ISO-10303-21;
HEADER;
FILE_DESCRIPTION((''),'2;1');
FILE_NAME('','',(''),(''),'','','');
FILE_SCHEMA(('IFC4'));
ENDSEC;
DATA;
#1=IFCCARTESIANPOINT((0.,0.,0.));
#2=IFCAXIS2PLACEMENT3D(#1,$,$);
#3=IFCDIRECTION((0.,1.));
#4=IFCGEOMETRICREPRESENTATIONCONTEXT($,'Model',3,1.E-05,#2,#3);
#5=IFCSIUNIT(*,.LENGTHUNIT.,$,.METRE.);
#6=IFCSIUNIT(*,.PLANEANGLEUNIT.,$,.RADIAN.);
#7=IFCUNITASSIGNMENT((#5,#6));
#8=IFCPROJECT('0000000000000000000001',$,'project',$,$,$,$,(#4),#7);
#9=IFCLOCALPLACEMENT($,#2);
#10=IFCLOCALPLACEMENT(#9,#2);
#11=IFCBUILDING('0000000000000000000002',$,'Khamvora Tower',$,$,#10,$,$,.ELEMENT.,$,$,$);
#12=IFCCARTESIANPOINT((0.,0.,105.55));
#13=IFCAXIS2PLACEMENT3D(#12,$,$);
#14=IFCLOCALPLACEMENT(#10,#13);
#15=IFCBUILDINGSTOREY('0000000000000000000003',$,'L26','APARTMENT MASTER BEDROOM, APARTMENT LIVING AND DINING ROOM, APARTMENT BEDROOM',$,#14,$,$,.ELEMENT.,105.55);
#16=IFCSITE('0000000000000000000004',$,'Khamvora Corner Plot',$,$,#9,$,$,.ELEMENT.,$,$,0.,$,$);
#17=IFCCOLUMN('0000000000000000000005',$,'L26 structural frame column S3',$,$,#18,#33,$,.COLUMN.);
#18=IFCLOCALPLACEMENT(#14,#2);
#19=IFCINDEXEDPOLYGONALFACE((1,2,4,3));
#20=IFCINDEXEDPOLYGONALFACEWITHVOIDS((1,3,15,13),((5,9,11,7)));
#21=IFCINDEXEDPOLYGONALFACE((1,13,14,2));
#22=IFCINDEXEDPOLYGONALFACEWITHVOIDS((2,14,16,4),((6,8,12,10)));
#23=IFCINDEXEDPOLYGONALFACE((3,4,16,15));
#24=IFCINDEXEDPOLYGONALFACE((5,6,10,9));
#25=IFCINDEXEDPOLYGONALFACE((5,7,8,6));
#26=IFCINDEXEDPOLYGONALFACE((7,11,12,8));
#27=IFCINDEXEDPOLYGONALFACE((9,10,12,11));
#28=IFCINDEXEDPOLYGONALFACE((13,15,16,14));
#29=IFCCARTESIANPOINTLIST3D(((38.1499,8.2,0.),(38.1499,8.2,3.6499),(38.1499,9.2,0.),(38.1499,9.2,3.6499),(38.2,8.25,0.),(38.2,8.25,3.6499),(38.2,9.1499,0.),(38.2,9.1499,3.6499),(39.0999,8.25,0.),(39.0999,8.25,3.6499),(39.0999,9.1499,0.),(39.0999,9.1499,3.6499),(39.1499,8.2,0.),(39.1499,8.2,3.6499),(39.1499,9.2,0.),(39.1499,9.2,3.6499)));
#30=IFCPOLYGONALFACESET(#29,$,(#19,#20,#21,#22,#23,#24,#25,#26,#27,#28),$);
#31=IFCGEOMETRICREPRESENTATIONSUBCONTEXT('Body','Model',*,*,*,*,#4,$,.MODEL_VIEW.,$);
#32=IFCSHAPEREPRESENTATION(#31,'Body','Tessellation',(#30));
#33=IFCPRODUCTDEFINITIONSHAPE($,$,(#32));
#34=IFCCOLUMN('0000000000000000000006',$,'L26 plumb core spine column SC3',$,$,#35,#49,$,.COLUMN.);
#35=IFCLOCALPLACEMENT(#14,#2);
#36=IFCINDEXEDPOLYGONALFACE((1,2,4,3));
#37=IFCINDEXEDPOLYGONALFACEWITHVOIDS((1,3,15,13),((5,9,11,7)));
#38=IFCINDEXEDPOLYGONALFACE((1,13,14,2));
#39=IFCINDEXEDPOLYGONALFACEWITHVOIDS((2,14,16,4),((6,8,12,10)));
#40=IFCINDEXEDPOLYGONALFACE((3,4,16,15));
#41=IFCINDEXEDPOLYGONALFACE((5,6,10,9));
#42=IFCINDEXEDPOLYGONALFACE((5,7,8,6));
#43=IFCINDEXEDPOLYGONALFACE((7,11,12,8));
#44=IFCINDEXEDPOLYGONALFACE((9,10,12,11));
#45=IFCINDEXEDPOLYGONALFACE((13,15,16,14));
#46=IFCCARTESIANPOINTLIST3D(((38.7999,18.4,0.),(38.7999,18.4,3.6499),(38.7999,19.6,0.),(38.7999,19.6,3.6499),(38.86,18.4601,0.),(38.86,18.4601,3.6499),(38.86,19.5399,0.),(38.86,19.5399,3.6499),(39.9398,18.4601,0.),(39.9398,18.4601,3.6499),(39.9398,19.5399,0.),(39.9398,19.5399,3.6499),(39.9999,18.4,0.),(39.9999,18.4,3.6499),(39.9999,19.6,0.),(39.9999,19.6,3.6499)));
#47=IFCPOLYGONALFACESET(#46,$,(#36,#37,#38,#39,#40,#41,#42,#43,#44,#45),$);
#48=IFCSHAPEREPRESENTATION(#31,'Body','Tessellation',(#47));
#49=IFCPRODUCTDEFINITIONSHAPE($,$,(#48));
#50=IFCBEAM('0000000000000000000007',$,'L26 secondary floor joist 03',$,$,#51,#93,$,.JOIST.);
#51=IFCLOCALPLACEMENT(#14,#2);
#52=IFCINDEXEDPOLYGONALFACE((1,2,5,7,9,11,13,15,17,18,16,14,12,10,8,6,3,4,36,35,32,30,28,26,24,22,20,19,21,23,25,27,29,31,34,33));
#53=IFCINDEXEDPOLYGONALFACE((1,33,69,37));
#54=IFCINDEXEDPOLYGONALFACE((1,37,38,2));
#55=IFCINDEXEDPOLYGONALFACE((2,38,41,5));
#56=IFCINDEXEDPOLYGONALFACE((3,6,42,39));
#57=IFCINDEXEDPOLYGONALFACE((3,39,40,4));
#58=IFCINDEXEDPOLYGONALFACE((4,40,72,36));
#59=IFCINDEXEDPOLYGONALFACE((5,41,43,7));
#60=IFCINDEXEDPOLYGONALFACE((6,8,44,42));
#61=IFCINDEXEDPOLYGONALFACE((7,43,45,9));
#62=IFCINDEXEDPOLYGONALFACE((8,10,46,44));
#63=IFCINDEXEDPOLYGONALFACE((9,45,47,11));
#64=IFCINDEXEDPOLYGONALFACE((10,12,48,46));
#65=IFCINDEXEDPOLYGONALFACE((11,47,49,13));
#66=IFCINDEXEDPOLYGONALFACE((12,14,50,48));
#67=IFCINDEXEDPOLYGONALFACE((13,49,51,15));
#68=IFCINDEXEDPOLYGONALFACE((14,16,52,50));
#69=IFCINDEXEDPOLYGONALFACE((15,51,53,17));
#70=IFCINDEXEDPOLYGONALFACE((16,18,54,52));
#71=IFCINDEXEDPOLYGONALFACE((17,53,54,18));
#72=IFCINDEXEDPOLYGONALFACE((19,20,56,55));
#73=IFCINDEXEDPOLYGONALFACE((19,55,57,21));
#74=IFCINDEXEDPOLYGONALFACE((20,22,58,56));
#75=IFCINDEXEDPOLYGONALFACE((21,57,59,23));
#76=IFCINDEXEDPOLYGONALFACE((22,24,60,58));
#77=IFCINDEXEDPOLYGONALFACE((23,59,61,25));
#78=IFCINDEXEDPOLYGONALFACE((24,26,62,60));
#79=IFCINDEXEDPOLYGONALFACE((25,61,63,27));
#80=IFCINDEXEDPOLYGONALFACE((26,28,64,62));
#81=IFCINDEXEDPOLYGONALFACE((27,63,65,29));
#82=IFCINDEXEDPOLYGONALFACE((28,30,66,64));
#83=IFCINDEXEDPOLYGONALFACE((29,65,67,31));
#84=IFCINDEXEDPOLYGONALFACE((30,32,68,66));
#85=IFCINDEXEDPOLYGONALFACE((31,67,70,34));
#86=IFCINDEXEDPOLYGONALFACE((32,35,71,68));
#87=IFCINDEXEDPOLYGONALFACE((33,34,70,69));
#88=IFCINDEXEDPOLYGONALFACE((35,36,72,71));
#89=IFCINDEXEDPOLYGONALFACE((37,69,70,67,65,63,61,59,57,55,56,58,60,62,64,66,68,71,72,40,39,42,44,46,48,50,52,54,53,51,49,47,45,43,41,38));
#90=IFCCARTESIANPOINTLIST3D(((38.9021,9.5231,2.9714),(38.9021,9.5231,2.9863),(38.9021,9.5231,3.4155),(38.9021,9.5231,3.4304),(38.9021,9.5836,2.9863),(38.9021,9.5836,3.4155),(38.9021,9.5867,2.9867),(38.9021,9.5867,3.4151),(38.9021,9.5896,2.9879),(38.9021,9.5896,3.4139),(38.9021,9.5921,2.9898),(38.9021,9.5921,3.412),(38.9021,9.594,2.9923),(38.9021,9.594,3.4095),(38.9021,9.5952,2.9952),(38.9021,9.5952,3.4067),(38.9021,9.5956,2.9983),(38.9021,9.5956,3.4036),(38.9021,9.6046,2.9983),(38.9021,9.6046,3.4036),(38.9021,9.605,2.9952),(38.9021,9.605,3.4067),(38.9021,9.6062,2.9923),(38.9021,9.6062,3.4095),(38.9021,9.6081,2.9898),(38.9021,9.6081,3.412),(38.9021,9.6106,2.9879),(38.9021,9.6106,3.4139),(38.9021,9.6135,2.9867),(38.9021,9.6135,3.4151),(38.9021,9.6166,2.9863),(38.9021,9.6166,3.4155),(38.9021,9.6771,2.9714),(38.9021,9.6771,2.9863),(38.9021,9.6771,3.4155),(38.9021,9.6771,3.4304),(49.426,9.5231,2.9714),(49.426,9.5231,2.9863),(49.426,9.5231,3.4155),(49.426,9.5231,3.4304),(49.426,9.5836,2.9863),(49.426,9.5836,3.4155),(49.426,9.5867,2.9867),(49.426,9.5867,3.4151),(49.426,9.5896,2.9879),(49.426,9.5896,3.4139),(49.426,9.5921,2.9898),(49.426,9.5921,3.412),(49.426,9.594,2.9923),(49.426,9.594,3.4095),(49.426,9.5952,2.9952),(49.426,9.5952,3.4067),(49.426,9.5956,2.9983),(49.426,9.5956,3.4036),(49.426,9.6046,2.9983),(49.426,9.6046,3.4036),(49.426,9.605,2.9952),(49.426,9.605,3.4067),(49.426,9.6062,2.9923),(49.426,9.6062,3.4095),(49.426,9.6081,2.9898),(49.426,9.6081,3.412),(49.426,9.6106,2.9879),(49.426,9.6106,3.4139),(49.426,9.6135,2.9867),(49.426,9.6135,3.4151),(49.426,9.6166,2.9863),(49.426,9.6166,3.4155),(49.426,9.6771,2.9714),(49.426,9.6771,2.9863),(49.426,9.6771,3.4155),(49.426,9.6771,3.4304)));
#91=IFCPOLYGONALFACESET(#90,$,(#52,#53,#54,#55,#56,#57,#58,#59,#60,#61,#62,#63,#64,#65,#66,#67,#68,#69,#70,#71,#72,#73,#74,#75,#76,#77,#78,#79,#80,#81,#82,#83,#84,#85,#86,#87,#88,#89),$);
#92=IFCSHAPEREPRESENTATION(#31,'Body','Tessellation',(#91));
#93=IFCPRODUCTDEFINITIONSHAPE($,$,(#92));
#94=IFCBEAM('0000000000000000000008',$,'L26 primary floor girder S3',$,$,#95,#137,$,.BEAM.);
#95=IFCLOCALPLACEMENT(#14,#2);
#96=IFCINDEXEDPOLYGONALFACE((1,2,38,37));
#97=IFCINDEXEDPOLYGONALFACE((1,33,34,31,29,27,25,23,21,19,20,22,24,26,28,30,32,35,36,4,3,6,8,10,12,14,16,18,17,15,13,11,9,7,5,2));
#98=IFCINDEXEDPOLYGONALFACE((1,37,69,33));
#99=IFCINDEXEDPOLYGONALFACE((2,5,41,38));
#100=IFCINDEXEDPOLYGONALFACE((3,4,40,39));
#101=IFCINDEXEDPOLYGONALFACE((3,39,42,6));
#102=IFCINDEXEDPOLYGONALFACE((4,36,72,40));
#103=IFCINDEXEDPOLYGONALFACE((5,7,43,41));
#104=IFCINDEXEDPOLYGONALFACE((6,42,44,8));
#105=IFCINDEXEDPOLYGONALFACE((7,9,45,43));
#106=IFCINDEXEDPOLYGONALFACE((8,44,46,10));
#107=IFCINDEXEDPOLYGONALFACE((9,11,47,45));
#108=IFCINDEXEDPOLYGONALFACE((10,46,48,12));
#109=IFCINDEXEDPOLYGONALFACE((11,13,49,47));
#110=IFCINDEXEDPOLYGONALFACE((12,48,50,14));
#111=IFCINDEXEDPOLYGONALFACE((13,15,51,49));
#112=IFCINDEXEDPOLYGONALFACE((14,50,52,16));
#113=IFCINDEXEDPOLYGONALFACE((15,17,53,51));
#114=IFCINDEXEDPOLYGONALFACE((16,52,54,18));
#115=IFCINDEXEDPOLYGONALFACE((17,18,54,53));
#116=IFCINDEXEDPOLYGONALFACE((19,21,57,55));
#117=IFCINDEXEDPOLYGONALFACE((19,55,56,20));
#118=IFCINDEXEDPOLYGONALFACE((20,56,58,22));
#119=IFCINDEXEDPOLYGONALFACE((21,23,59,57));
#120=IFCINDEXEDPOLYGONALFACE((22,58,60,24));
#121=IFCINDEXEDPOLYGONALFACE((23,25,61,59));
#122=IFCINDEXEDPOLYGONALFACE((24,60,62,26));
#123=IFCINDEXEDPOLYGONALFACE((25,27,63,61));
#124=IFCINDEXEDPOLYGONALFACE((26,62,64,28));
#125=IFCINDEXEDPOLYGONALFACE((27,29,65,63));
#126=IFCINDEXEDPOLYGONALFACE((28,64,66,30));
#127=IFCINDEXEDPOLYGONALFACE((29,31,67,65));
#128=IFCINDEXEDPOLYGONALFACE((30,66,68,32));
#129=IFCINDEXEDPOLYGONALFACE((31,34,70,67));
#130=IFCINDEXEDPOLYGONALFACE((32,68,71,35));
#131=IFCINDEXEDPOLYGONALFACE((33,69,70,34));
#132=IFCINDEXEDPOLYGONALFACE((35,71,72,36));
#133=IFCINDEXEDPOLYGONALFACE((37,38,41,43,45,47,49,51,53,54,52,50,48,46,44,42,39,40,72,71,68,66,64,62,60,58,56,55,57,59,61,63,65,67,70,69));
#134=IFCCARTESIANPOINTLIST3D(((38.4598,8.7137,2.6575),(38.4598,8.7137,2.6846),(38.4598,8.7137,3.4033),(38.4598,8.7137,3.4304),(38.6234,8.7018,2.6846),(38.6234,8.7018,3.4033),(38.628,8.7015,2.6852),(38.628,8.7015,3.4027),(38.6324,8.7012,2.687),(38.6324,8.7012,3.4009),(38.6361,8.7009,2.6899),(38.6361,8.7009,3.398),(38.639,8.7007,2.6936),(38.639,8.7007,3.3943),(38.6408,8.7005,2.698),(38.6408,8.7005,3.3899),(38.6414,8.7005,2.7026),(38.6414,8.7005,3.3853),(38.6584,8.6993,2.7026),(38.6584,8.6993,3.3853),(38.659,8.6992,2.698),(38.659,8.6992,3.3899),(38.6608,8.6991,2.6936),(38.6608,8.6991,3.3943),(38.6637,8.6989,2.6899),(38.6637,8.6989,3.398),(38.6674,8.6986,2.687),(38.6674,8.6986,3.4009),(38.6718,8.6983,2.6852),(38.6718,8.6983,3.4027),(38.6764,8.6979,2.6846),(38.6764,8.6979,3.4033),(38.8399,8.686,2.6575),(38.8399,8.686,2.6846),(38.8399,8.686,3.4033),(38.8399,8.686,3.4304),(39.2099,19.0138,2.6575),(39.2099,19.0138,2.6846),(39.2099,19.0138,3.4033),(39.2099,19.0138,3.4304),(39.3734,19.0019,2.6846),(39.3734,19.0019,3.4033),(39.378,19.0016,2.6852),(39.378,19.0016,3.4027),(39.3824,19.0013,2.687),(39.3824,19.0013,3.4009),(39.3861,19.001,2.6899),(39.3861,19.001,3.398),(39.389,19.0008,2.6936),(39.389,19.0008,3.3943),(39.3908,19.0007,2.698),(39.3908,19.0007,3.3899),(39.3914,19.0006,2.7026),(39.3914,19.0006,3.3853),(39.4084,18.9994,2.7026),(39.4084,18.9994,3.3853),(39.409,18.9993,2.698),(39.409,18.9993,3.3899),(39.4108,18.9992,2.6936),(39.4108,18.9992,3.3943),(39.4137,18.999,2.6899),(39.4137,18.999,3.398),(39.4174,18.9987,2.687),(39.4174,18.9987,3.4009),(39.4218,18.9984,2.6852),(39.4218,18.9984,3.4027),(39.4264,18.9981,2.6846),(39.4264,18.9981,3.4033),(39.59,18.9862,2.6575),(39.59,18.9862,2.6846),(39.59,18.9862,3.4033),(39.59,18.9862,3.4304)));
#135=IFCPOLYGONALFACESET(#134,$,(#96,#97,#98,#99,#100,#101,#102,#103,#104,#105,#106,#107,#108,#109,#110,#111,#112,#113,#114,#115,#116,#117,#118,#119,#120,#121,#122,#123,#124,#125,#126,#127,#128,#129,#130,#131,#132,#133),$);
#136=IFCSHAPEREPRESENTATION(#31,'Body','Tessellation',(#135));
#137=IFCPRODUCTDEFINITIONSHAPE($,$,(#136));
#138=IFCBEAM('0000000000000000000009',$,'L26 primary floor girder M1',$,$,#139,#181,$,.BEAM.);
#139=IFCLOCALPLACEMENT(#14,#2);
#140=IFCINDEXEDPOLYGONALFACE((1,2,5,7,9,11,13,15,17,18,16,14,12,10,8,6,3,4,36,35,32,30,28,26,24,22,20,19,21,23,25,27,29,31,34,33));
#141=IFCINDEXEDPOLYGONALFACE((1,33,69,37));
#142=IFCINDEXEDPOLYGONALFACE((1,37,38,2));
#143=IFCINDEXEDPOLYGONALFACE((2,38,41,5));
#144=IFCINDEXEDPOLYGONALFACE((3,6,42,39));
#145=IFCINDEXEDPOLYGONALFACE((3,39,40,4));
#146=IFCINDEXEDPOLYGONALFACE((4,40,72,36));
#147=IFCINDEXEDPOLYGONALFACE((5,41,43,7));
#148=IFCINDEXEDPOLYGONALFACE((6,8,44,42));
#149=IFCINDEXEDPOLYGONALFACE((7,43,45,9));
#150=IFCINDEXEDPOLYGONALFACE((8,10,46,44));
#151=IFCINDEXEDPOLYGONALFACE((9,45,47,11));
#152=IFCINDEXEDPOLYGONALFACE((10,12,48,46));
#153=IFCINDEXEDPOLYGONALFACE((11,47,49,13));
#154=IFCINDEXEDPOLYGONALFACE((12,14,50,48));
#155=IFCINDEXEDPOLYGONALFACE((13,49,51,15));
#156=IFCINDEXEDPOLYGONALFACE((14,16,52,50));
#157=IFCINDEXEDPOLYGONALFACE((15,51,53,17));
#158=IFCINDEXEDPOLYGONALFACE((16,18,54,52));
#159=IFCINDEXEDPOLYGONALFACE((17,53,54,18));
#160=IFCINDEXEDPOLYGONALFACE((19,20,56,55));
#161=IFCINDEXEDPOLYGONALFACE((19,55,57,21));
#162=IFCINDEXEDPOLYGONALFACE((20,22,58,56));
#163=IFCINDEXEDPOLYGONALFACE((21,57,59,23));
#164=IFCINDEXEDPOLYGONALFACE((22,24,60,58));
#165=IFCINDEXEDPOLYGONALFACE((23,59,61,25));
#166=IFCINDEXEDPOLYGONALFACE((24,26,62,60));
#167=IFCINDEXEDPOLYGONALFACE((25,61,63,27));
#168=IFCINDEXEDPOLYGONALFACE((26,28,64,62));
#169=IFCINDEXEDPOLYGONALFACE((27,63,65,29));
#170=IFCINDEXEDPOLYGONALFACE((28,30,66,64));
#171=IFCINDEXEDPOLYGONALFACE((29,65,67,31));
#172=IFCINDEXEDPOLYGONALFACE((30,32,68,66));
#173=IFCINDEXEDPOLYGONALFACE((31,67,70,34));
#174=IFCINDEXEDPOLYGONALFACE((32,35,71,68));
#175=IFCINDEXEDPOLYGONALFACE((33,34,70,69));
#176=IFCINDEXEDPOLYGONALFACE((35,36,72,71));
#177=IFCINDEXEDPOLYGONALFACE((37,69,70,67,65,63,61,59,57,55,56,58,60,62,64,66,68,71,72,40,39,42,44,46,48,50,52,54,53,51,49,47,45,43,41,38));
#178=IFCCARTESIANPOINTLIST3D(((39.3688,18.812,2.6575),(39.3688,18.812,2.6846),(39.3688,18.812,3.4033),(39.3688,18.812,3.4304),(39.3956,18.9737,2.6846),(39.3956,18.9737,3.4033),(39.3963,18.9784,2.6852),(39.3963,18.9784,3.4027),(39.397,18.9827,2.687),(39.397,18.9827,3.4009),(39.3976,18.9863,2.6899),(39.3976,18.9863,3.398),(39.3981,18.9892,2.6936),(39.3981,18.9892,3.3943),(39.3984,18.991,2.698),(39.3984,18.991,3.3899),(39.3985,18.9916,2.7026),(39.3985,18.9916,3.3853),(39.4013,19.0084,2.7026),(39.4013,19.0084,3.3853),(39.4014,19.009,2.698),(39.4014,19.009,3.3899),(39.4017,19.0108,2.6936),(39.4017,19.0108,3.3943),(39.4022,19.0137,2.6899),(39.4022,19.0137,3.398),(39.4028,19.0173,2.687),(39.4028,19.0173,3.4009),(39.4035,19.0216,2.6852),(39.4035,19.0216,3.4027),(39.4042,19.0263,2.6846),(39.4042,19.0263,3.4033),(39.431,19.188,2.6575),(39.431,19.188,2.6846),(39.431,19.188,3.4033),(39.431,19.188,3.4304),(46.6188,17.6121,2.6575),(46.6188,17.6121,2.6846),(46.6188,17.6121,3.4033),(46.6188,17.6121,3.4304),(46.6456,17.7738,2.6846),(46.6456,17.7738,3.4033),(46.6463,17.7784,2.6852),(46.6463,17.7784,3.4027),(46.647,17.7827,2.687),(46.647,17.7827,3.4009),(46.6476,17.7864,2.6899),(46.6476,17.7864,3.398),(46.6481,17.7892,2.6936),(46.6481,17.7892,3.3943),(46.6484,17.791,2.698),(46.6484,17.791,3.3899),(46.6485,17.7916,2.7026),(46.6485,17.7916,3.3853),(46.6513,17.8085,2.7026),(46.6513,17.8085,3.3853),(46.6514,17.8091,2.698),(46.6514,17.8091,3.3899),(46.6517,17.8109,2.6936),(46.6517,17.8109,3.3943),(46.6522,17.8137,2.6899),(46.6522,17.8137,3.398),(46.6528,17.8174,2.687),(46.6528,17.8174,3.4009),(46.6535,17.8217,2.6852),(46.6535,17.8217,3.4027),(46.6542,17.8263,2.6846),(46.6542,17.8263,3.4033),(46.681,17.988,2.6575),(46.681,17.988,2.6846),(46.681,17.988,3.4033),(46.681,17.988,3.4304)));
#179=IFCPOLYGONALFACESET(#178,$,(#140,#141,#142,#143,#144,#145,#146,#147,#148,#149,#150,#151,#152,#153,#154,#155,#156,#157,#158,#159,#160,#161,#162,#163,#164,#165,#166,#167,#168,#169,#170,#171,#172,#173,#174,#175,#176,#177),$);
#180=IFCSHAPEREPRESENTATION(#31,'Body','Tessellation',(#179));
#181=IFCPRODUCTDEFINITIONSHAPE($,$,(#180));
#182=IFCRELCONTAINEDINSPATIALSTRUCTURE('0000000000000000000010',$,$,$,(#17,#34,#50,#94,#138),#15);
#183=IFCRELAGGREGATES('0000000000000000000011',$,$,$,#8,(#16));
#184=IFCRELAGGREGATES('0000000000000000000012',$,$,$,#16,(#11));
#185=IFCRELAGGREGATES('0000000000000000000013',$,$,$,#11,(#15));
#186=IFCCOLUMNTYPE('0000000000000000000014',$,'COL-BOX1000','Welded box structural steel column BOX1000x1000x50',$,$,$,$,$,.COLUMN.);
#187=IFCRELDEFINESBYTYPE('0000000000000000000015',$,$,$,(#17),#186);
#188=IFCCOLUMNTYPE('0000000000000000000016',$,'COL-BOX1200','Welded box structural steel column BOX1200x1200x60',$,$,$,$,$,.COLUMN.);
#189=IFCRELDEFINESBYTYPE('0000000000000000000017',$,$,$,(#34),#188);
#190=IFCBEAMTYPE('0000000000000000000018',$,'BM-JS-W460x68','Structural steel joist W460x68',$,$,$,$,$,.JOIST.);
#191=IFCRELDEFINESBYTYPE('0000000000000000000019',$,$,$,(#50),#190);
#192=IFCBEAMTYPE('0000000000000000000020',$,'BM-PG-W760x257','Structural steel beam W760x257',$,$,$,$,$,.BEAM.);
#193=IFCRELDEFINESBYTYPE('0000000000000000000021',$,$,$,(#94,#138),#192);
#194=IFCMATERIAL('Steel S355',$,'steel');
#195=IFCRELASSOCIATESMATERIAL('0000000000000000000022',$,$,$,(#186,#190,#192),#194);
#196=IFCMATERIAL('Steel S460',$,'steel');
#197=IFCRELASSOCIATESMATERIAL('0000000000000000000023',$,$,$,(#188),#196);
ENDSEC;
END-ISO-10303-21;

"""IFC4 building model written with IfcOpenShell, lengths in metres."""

from ifc_helpers import new_model, si_unit, direction, frame, origin, origin_2d, place, context, subcontext, project, spatial, hollow_rectangle, i_section, extrude, material, material_profile, profile_set, type_object, element, save


model = new_model("IFC4")

# Units and contexts
model_context = context("Model", 3, precision=1e-05, world=origin(), true_north=direction((0.0, 1.0)))
body_context = subcontext(model_context, "Body", "Model", "MODEL_VIEW")
ifc_project = project(units=[si_unit("LENGTHUNIT", "METRE"), si_unit("PLANEANGLEUNIT", "RADIAN")], contexts=[model_context])

# Site, building, storey
site_placement = place(None, origin())
site = spatial("IfcSite", under=ifc_project, at=site_placement, Name="Khamvora Corner Plot", CompositionType="ELEMENT", RefElevation=0.0)
building_placement = place(site_placement, origin())
building = spatial("IfcBuilding", under=site, at=building_placement, Name="Khamvora Tower", CompositionType="ELEMENT")
storey_placement = place(building_placement, frame((0.0, 0.0, 105.55)))
storey = spatial("IfcBuildingStorey", under=building, at=storey_placement, Name="L26", Description="APARTMENT MASTER BEDROOM, APARTMENT LIVING AND DINING ROOM, APARTMENT BEDROOM", CompositionType="ELEMENT", Elevation=105.55)

# Columns
ifc_material_1 = material(Name="Steel S355", Category="steel")
ifc_material_profile_1 = material_profile(ifc_material_1, hollow_rectangle(XDim=1.0, YDim=1.0, WallThickness=0.05, at=origin_2d()), Name="BOX1000x1000x50")
ifc_profile_set_1 = profile_set([ifc_material_profile_1], Name="Steel S355")
column_type_1 = type_object("IfcColumnType", Name="COL-BOX1000", Description="Welded box structural steel column BOX1000x1000x50", PredefinedType="COLUMN", material=ifc_profile_set_1)
column_1_placement = place(storey_placement, frame((38.6499, 8.7, 0.0), z_axis=(0.0, 0.0, 1.0), x_axis=(1.0, 0.0, 0.0)))
element("IfcColumn", 1, at=column_1_placement, inside=storey, type_object=column_type_1, Name="L26 structural frame column S3", PredefinedType="COLUMN", context=body_context, shape_type="SweptSolid", body=[
    extrude(hollow_rectangle(XDim=1.0, YDim=1.0, WallThickness=0.05, at=origin_2d()), origin(), (0.0, 0.0, 1.0), 3.6499),
])
ifc_material_2 = material(Name="Steel S460", Category="steel")
ifc_material_profile_2 = material_profile(ifc_material_2, hollow_rectangle(XDim=1.2, YDim=1.2, WallThickness=0.0601, at=origin_2d()), Name="BOX1200x1200x60")
ifc_profile_set_2 = profile_set([ifc_material_profile_2], Name="Steel S460")
column_type_2 = type_object("IfcColumnType", Name="COL-BOX1200", Description="Welded box structural steel column BOX1200x1200x60", PredefinedType="COLUMN", material=ifc_profile_set_2)
column_2_placement = place(storey_placement, frame((39.3999, 19.0, 0.0), z_axis=(0.0, 0.0, 1.0), x_axis=(1.0, 0.0, 0.0)))
element("IfcColumn", 2, at=column_2_placement, inside=storey, type_object=column_type_2, Name="L26 plumb core spine column SC3", PredefinedType="COLUMN", context=body_context, shape_type="SweptSolid", body=[
    extrude(hollow_rectangle(XDim=1.2, YDim=1.2, WallThickness=0.0601, at=origin_2d()), origin(), (0.0, 0.0, 1.0), 3.6499),
])

# Beams
ifc_material_profile_3 = material_profile(ifc_material_1, i_section(OverallWidth=0.1541, OverallDepth=0.459, WebThickness=0.009, FlangeThickness=0.0149, FilletRadius=0.012, at=origin_2d()), Name="W460x68")
ifc_profile_set_3 = profile_set([ifc_material_profile_3], Name="Steel S355")
beam_type_1 = type_object("IfcBeamType", Name="BM-JS-W460x68", Description="Structural steel joist W460x68", PredefinedType="JOIST", material=ifc_profile_set_3)
beam_1_placement = place(storey_placement, frame((38.9021, 9.6001, 3.2009), z_axis=(1.0, 0.0, 0.0), x_axis=(0.0, 1.0, 0.0)))
element("IfcBeam", 3, at=beam_1_placement, inside=storey, type_object=beam_type_1, Name="L26 secondary floor joist 03", PredefinedType="JOIST", context=body_context, shape_type="SweptSolid", body=[
    extrude(i_section(OverallWidth=0.1541, OverallDepth=0.459, WebThickness=0.009, FlangeThickness=0.0149, FilletRadius=0.012, at=origin_2d()), origin(), (0.0, 0.0, 1.0), 10.5239),
])
ifc_material_profile_4 = material_profile(ifc_material_1, i_section(OverallWidth=0.3811, OverallDepth=0.7729, WebThickness=0.0171, FlangeThickness=0.0271, FilletRadius=0.0181, at=origin_2d()), Name="W760x257")
ifc_profile_set_4 = profile_set([ifc_material_profile_4], Name="Steel S355")
beam_type_2 = type_object("IfcBeamType", Name="BM-PG-W760x257", Description="Structural steel beam W760x257", PredefinedType="BEAM", material=ifc_profile_set_4)
beam_2_placement = place(storey_placement, frame((39.3999, 19.0, 3.0439), z_axis=(-0.072623, -0.997359, 0.0), x_axis=(0.997359, -0.072623, 0.0)))
element("IfcBeam", 4, at=beam_2_placement, inside=storey, type_object=beam_type_2, Name="L26 primary floor girder S3", PredefinedType="BEAM", context=body_context, shape_type="SweptSolid", body=[
    extrude(i_section(OverallWidth=0.3811, OverallDepth=0.7729, WebThickness=0.0171, FlangeThickness=0.0271, FilletRadius=0.0181, at=origin_2d()), origin(), (0.0, 0.0, 1.0), 10.3274),
])
beam_3_placement = place(storey_placement, frame((39.3999, 19.0, 3.0439), z_axis=(0.986578, -0.163289, 0.0), x_axis=(0.163289, 0.986578, 0.0)))
element("IfcBeam", 5, at=beam_3_placement, inside=storey, type_object=beam_type_2, Name="L26 primary floor girder M1", PredefinedType="BEAM", context=body_context, shape_type="SweptSolid", body=[
    extrude(i_section(OverallWidth=0.3811, OverallDepth=0.7729, WebThickness=0.0171, FlangeThickness=0.0271, FilletRadius=0.0181, at=origin_2d()), origin(), (0.0, 0.0, 1.0), 7.3486),
])

save(model, "model.ifc")
